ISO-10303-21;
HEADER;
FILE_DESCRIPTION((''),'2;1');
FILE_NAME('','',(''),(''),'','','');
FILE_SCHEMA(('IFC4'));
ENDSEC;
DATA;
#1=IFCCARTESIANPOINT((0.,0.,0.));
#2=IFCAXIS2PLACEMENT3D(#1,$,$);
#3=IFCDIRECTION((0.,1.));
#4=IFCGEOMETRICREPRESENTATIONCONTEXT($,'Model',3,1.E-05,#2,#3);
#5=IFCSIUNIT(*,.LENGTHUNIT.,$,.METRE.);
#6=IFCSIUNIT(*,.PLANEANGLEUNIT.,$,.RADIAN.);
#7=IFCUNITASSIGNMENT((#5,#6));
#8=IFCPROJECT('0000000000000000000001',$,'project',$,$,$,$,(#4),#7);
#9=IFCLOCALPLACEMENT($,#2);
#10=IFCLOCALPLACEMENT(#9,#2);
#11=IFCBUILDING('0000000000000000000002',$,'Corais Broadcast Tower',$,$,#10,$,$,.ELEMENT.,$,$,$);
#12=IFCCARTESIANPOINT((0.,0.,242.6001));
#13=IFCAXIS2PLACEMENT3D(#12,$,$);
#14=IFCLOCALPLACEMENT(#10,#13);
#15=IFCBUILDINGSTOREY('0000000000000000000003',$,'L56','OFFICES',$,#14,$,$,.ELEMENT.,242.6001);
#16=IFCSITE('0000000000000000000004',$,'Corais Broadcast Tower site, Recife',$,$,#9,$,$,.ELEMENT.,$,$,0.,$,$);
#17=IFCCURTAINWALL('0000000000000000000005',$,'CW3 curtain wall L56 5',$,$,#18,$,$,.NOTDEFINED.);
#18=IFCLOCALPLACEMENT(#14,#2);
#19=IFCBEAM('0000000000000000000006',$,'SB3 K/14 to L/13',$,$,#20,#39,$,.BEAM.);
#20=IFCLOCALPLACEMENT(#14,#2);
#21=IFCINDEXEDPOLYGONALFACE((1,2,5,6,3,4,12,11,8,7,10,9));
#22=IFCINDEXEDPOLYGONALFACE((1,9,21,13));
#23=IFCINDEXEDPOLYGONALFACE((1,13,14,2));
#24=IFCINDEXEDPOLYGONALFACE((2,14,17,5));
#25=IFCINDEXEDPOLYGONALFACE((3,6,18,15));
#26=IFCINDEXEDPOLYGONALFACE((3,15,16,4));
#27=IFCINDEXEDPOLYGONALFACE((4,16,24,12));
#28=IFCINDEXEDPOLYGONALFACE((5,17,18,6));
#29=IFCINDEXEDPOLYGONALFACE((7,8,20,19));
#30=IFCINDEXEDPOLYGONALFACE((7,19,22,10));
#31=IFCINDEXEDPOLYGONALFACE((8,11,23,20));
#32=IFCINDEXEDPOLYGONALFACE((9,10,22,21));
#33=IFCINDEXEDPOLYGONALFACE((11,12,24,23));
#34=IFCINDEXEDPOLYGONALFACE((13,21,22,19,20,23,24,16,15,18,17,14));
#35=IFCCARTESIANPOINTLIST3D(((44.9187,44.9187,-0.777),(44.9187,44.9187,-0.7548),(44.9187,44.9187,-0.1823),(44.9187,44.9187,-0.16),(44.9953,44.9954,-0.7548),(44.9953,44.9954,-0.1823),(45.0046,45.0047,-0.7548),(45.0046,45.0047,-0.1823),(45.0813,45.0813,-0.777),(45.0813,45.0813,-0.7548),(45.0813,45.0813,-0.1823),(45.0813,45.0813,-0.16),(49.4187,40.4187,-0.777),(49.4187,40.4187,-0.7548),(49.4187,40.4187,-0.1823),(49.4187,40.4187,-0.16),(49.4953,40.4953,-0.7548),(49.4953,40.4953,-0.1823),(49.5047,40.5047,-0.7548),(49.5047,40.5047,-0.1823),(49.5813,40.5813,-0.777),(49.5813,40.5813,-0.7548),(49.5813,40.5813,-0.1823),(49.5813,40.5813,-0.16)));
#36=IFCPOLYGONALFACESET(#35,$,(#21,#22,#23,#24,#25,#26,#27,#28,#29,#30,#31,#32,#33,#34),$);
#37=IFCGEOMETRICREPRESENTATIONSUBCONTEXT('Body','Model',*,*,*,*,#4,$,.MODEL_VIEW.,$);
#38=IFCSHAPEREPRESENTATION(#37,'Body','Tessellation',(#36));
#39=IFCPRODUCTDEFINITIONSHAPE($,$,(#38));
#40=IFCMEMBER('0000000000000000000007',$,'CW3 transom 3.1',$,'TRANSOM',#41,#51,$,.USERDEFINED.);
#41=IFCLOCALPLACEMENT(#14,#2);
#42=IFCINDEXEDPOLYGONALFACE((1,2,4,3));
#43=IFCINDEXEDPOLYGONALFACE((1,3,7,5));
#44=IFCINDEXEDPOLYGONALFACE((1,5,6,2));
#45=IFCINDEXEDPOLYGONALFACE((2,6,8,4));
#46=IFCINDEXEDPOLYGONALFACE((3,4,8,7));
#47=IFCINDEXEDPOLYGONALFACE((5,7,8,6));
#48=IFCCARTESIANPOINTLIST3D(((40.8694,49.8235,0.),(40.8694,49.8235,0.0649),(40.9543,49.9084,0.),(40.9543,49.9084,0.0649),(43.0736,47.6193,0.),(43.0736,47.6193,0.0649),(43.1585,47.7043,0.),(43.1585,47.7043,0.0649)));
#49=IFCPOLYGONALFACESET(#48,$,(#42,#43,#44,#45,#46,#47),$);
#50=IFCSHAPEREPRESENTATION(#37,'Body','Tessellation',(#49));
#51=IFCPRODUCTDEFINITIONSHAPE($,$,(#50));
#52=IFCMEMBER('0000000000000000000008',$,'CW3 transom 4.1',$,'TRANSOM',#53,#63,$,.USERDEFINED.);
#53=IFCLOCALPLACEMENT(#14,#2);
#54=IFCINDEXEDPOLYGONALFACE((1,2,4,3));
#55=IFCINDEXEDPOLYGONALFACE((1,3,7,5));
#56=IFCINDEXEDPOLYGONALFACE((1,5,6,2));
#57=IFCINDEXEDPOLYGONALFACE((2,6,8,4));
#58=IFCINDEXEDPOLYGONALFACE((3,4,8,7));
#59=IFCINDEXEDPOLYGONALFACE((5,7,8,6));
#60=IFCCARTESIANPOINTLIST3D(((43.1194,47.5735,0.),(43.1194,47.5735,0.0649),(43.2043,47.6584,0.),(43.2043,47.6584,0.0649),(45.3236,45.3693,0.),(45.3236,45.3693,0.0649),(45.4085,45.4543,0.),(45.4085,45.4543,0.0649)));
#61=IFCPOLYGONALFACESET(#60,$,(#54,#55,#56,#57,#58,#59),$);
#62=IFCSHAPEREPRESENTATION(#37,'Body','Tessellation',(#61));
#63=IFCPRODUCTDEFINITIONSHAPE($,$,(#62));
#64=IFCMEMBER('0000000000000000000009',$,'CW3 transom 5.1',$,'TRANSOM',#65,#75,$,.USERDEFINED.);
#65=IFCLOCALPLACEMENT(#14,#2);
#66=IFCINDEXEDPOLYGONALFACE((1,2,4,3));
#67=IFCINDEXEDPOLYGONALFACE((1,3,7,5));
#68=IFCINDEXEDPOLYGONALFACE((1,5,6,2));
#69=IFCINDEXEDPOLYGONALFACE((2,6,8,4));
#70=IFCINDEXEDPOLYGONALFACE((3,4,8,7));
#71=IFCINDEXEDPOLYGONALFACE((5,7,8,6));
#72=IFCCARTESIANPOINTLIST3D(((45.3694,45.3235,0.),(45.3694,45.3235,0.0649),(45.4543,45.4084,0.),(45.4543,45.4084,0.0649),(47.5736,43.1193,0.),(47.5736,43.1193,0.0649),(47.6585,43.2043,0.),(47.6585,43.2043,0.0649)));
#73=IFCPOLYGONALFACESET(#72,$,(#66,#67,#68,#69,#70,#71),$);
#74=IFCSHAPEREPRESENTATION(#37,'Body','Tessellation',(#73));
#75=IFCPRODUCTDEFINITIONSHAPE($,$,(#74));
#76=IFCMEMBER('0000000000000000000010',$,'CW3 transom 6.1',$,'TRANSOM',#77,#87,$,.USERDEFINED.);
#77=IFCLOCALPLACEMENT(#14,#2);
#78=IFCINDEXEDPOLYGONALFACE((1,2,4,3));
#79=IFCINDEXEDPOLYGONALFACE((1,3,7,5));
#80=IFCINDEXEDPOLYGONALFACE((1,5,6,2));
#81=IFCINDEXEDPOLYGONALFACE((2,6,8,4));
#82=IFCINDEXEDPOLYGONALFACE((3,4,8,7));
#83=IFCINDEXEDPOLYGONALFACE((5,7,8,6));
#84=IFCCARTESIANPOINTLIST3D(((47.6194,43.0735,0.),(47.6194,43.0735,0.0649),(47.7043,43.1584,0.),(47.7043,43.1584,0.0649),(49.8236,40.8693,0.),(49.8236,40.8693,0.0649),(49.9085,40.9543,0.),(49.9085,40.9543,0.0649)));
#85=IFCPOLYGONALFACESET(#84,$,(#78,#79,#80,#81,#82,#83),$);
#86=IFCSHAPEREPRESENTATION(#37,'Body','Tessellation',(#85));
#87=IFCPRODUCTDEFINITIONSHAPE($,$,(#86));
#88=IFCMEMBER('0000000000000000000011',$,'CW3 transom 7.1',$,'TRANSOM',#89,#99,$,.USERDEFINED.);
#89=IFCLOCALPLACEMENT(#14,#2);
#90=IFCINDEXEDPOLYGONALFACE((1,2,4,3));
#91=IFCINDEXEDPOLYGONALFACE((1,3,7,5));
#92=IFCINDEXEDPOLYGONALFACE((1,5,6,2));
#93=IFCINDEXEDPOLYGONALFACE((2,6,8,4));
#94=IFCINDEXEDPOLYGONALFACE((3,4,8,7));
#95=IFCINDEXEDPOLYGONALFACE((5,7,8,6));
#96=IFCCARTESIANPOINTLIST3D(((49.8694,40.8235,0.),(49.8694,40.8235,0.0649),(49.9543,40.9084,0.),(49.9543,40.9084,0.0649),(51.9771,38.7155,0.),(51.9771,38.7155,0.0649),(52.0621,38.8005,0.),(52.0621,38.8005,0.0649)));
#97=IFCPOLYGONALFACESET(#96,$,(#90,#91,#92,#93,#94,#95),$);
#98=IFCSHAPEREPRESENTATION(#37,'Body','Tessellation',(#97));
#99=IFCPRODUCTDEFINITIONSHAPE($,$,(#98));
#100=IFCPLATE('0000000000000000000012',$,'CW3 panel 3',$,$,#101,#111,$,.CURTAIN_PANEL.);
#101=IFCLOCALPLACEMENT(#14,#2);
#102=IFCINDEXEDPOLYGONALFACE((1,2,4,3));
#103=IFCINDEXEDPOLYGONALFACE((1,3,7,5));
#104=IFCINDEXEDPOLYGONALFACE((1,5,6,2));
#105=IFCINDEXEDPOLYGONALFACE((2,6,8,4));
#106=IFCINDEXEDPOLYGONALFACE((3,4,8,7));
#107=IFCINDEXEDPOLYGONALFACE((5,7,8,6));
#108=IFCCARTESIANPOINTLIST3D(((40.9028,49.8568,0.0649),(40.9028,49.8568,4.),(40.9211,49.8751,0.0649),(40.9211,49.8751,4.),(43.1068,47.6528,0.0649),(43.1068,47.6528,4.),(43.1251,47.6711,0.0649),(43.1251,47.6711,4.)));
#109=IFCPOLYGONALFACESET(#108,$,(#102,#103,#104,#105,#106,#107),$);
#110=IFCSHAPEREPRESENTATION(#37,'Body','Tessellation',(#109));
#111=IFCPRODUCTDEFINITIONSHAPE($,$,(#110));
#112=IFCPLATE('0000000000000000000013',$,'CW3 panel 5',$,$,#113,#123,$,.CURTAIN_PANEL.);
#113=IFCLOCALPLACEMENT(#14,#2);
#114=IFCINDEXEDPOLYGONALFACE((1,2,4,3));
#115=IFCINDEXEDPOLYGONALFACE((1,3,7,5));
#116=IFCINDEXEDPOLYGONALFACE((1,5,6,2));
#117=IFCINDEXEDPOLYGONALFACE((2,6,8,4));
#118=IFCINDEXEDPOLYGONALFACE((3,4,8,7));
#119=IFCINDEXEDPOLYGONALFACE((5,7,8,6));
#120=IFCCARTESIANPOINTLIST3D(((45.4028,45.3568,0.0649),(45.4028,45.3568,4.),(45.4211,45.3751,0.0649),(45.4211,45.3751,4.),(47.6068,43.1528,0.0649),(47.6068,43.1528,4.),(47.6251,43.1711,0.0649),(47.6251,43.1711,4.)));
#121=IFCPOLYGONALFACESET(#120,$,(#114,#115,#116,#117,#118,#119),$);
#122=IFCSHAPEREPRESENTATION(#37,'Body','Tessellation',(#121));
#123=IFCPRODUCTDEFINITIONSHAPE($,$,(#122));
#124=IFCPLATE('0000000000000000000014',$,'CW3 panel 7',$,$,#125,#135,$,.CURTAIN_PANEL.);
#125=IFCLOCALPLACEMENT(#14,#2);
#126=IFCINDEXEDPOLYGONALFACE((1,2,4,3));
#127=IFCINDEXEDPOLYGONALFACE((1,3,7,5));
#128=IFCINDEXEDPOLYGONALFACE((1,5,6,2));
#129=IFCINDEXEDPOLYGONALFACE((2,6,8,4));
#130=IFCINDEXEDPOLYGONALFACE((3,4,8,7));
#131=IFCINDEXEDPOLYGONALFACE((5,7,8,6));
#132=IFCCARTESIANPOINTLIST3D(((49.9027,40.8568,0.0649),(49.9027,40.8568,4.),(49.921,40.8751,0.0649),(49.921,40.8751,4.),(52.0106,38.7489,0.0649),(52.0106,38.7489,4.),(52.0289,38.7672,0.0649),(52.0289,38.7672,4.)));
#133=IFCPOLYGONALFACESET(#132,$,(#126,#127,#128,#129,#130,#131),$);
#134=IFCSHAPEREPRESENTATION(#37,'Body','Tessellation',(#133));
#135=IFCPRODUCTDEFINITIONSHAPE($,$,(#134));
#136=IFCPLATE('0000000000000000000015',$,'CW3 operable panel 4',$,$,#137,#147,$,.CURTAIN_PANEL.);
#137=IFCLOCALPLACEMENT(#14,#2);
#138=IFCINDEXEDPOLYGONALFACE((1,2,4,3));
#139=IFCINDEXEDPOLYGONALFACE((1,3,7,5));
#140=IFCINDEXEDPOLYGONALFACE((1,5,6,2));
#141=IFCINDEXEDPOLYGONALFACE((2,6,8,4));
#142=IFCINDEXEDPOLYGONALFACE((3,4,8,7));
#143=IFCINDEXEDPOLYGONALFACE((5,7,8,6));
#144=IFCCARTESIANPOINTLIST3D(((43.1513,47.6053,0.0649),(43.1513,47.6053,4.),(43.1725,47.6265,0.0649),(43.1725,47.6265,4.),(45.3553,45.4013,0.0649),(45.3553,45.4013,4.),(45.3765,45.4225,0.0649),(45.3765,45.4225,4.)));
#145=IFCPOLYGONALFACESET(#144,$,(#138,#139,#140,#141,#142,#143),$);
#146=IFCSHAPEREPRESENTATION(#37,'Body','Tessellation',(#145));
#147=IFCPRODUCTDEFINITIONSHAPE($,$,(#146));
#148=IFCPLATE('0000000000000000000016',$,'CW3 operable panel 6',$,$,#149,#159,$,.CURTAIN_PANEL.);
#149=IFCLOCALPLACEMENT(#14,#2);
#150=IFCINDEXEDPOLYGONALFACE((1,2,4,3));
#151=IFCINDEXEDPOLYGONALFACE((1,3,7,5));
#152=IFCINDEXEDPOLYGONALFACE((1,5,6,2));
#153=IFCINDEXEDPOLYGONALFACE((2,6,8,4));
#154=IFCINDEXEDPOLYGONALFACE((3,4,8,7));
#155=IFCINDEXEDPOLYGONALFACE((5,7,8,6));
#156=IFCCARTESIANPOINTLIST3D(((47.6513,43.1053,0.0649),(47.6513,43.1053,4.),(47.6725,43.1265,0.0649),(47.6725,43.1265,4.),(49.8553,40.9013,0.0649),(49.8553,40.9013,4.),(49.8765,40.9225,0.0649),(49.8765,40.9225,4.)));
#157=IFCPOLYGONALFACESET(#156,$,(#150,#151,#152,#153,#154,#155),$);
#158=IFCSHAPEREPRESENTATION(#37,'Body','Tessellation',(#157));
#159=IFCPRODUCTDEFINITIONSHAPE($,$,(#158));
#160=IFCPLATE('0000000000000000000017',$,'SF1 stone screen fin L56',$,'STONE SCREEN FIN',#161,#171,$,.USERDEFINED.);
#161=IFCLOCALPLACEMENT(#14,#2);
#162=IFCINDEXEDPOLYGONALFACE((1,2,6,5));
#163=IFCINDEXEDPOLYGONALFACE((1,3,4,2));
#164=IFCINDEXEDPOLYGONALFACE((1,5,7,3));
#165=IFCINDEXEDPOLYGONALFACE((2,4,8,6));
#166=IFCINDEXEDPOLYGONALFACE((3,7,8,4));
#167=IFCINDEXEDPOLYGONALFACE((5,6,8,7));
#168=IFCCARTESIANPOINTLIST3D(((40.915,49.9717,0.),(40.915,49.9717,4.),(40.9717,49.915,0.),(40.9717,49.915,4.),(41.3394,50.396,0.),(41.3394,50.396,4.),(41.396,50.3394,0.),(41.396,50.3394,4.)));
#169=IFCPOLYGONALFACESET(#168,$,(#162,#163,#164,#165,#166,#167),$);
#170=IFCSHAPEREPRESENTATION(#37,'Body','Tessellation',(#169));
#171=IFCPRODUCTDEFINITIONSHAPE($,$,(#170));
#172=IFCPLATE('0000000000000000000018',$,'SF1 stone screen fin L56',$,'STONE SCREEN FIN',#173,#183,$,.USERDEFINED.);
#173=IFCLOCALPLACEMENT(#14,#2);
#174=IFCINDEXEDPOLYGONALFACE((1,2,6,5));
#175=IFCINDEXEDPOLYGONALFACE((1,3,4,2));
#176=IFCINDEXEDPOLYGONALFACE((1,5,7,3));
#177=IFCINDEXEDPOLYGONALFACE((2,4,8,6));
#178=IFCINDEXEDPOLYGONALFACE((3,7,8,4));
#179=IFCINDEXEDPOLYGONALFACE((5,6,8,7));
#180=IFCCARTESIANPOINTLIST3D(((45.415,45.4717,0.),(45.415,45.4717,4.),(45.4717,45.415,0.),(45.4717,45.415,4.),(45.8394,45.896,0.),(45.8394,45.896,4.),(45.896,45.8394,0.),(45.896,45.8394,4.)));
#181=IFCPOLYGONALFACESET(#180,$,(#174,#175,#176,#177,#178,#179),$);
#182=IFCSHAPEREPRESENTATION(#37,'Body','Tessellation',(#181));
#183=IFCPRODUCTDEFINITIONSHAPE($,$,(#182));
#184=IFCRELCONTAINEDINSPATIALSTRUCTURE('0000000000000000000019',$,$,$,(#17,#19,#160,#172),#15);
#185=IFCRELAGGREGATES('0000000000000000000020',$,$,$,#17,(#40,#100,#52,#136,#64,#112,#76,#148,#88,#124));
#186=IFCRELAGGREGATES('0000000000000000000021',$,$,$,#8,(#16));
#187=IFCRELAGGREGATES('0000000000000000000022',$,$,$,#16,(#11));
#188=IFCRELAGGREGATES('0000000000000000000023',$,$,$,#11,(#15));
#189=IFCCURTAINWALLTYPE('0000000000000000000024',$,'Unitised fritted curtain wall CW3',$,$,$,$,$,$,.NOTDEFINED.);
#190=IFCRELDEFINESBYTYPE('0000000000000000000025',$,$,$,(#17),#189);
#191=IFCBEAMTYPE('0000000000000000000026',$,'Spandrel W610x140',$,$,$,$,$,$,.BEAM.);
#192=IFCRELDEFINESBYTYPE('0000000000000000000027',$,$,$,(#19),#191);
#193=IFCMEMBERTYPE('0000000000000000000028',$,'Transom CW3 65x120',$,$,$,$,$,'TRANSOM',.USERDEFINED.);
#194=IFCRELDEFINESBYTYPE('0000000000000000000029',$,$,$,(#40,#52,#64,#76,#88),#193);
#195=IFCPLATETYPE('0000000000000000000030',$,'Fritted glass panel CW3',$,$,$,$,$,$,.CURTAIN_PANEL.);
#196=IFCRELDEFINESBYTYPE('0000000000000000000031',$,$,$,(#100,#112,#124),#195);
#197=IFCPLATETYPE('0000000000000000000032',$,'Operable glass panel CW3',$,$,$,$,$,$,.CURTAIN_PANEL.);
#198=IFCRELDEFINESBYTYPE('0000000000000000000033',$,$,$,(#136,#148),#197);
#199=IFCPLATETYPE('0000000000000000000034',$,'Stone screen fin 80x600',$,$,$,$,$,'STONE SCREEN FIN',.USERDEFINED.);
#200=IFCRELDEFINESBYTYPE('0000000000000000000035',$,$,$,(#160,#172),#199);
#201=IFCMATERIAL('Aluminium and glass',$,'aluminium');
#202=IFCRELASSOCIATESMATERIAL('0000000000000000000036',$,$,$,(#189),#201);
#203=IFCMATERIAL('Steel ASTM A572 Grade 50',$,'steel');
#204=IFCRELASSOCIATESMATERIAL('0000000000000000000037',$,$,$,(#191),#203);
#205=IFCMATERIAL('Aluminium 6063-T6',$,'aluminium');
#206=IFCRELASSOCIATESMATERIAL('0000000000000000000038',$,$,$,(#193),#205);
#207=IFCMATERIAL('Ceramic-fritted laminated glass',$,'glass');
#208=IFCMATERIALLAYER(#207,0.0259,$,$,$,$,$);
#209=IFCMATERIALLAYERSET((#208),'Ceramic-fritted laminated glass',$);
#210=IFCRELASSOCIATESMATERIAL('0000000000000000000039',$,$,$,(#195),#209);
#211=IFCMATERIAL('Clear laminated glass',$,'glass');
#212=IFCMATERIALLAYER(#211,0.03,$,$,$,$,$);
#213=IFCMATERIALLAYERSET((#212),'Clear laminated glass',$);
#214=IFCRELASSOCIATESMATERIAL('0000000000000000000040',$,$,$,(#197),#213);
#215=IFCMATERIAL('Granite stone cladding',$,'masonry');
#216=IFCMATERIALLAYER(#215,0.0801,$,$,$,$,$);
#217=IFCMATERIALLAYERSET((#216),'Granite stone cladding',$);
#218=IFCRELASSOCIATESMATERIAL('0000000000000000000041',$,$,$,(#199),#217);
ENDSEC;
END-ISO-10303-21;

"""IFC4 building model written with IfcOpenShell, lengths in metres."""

from ifc_helpers import new_model, si_unit, direction, frame, origin, origin_2d, place, context, subcontext, project, spatial, rectangle, i_section, extrude, material, layer, layer_set, material_profile, profile_set, type_object, element, aggregate, save


model = new_model("IFC4")

# Units and contexts
model_context = context("Model", 3, precision=1e-05, world=origin(), true_north=direction((0.0, 1.0)))
body_context = subcontext(model_context, "Body", "Model", "MODEL_VIEW")
ifc_project = project(units=[si_unit("LENGTHUNIT", "METRE"), si_unit("PLANEANGLEUNIT", "RADIAN")], contexts=[model_context])

# Site, building, storey
site_placement = place(None, origin())
site = spatial("IfcSite", under=ifc_project, at=site_placement, Name="Corais Broadcast Tower site, Recife", CompositionType="ELEMENT", RefElevation=0.0)
building_placement = place(site_placement, origin())
building = spatial("IfcBuilding", under=site, at=building_placement, Name="Corais Broadcast Tower", CompositionType="ELEMENT")
storey_placement = place(building_placement, frame((0.0, 0.0, 242.6001)))
storey = spatial("IfcBuildingStorey", under=building, at=storey_placement, Name="L56", Description="OFFICES", CompositionType="ELEMENT", Elevation=242.6001)

# Curtain wall
ifc_material_1 = material(Name="Aluminium and glass", Category="aluminium")
curtain_wall_type = type_object("IfcCurtainWallType", Name="Unitised fritted curtain wall CW3", PredefinedType="NOTDEFINED", material=ifc_material_1)
curtain_wall_placement = place(storey_placement, origin())
curtain_wall = element("IfcCurtainWall", 1, at=curtain_wall_placement, inside=storey, type_object=curtain_wall_type, Name="CW3 curtain wall L56 5", PredefinedType="NOTDEFINED")

# Beam
ifc_material_2 = material(Name="Steel ASTM A572 Grade 50", Category="steel")
ifc_material_profile_1 = material_profile(ifc_material_2, i_section(OverallWidth=0.23, OverallDepth=0.6169, WebThickness=0.0132, FlangeThickness=0.0222, at=origin_2d()), Name="W610x140")
ifc_profile_set_1 = profile_set([ifc_material_profile_1], Name="Steel ASTM A572 Grade 50")
beam_type_1 = type_object("IfcBeamType", Name="Spandrel W610x140", PredefinedType="BEAM", material=ifc_profile_set_1)
for number, where, z_axis, x_axis, name in (
    (2, (49.5, 40.5, -0.4685), (-0.707107, 0.707107, 0.0), (-0.707107, -0.707107, 0.0), "SB3 K/14 to L/13"),
):
    element("IfcBeam", number, at=place(storey_placement, frame(where, z_axis=z_axis, x_axis=x_axis)), inside=storey, type_object=beam_type_1, Name=name, PredefinedType="BEAM", context=body_context, shape_type="SweptSolid", body=[
        extrude(i_section(OverallWidth=0.23, OverallDepth=0.6169, WebThickness=0.0132, FlangeThickness=0.0222, at=origin_2d()), origin(), (0.0, 0.0, 1.0), 6.364),
    ])

# Members
ifc_material_3 = material(Name="Aluminium 6063-T6", Category="aluminium")
ifc_material_profile_2 = material_profile(ifc_material_3, rectangle(XDim=0.1201, YDim=0.0649, at=origin_2d()), Name="Transom CW3 65x120")
ifc_profile_set_2 = profile_set([ifc_material_profile_2], Name="Aluminium 6063-T6")
member_type_1 = type_object("IfcMemberType", Name="Transom CW3 65x120", ElementType="TRANSOM", PredefinedType="USERDEFINED", material=ifc_profile_set_2)
member_1_placement = place(storey_placement, frame((40.9119, 49.866, 0.0325), z_axis=(0.707107, -0.707107, 0.0), x_axis=(0.707107, 0.707107, 0.0)))
member_1 = element("IfcMember", 3, at=member_1_placement, type_object=member_type_1, Name="CW3 transom 3.1", ObjectType="TRANSOM", PredefinedType="USERDEFINED", context=body_context, shape_type="SweptSolid", body=[
    extrude(rectangle(XDim=0.1201, YDim=0.0649, at=origin_2d()), origin(), (0.0, 0.0, 1.0), 3.1172),
])
member_2_placement = place(storey_placement, frame((43.1619, 47.616, 0.0325), z_axis=(0.707107, -0.707107, 0.0), x_axis=(0.707107, 0.707107, 0.0)))
member_2 = element("IfcMember", 4, at=member_2_placement, type_object=member_type_1, Name="CW3 transom 4.1", ObjectType="TRANSOM", PredefinedType="USERDEFINED", context=body_context, shape_type="SweptSolid", body=[
    extrude(rectangle(XDim=0.1201, YDim=0.0649, at=origin_2d()), origin(), (0.0, 0.0, 1.0), 3.1172),
])
member_3_placement = place(storey_placement, frame((45.4119, 45.366, 0.0325), z_axis=(0.707107, -0.707107, 0.0), x_axis=(0.707107, 0.707107, 0.0)))
member_3 = element("IfcMember", 5, at=member_3_placement, type_object=member_type_1, Name="CW3 transom 5.1", ObjectType="TRANSOM", PredefinedType="USERDEFINED", context=body_context, shape_type="SweptSolid", body=[
    extrude(rectangle(XDim=0.1201, YDim=0.0649, at=origin_2d()), origin(), (0.0, 0.0, 1.0), 3.1172),
])
member_4_placement = place(storey_placement, frame((47.6619, 43.116, 0.0325), z_axis=(0.707107, -0.707107, 0.0), x_axis=(0.707107, 0.707107, 0.0)))
member_4 = element("IfcMember", 6, at=member_4_placement, type_object=member_type_1, Name="CW3 transom 6.1", ObjectType="TRANSOM", PredefinedType="USERDEFINED", context=body_context, shape_type="SweptSolid", body=[
    extrude(rectangle(XDim=0.1201, YDim=0.0649, at=origin_2d()), origin(), (0.0, 0.0, 1.0), 3.1172),
])
member_5_placement = place(storey_placement, frame((49.9119, 40.866, 0.0325), z_axis=(0.707066, -0.707148, 0.0), x_axis=(0.707148, 0.707066, 0.0)))
member_5 = element("IfcMember", 7, at=member_5_placement, type_object=member_type_1, Name="CW3 transom 7.1", ObjectType="TRANSOM", PredefinedType="USERDEFINED", context=body_context, shape_type="SweptSolid", body=[
    extrude(rectangle(XDim=0.1201, YDim=0.0649, at=origin_2d()), origin(), (0.0, 0.0, 1.0), 2.981),
])

# Plates
ifc_material_4 = material(Name="Ceramic-fritted laminated glass", Category="glass")
ifc_layer_1 = layer(ifc_material_4, 0.0259)
ifc_layer_set_1 = layer_set([ifc_layer_1], Name="Ceramic-fritted laminated glass")
plate_type_1 = type_object("IfcPlateType", Name="Fritted glass panel CW3", PredefinedType="CURTAIN_PANEL", material=ifc_layer_set_1)
plate_1_placement = place(storey_placement, frame((42.0139, 48.7639, 0.0649), z_axis=(0.0, 0.0, 1.0), x_axis=(0.707107, -0.707107, 0.0)))
plate_1 = element("IfcPlate", 8, at=plate_1_placement, type_object=plate_type_1, Name="CW3 panel 3", PredefinedType="CURTAIN_PANEL", context=body_context, shape_type="SweptSolid", body=[
    extrude(rectangle(XDim=3.1169, YDim=0.0259, at=origin_2d()), origin(), (0.0, 0.0, 1.0), 3.9351),
])
plate_2_placement = place(storey_placement, frame((46.5139, 44.2639, 0.0649), z_axis=(0.0, 0.0, 1.0), x_axis=(0.707107, -0.707107, 0.0)))
plate_2 = element("IfcPlate", 9, at=plate_2_placement, type_object=plate_type_1, Name="CW3 panel 5", PredefinedType="CURTAIN_PANEL", context=body_context, shape_type="SweptSolid", body=[
    extrude(rectangle(XDim=3.1169, YDim=0.0259, at=origin_2d()), origin(), (0.0, 0.0, 1.0), 3.9351),
])
plate_3_placement = place(storey_placement, frame((50.9658, 39.812, 0.0649), z_axis=(0.0, 0.0, 1.0), x_axis=(0.707107, -0.707107, 0.0)))
plate_3 = element("IfcPlate", 10, at=plate_3_placement, type_object=plate_type_1, Name="CW3 panel 7", PredefinedType="CURTAIN_PANEL", context=body_context, shape_type="SweptSolid", body=[
    extrude(rectangle(XDim=2.981, YDim=0.0259, at=origin_2d()), origin(), (0.0, 0.0, 1.0), 3.9351),
])
ifc_material_5 = material(Name="Clear laminated glass", Category="glass")
ifc_layer_2 = layer(ifc_material_5, 0.03)
ifc_layer_set_2 = layer_set([ifc_layer_2], Name="Clear laminated glass")
plate_type_2 = type_object("IfcPlateType", Name="Operable glass panel CW3", PredefinedType="CURTAIN_PANEL", material=ifc_layer_set_2)
plate_4_placement = place(storey_placement, frame((44.2639, 46.5139, 0.0649), z_axis=(0.0, 0.0, 1.0), x_axis=(0.707107, -0.707107, 0.0)))
plate_4 = element("IfcPlate", 11, at=plate_4_placement, type_object=plate_type_2, Name="CW3 operable panel 4", PredefinedType="CURTAIN_PANEL", context=body_context, shape_type="SweptSolid", body=[
    extrude(rectangle(XDim=3.1169, YDim=0.03, at=origin_2d()), origin(), (0.0, 0.0, 1.0), 3.9351),
])
plate_5_placement = place(storey_placement, frame((48.7639, 42.0139, 0.0649), z_axis=(0.0, 0.0, 1.0), x_axis=(0.707107, -0.707107, 0.0)))
plate_5 = element("IfcPlate", 12, at=plate_5_placement, type_object=plate_type_2, Name="CW3 operable panel 6", PredefinedType="CURTAIN_PANEL", context=body_context, shape_type="SweptSolid", body=[
    extrude(rectangle(XDim=3.1169, YDim=0.03, at=origin_2d()), origin(), (0.0, 0.0, 1.0), 3.9351),
])
aggregate(curtain_wall, [member_1, plate_1, member_2, plate_4, member_3, plate_2, member_4, plate_5, member_5, plate_3])

# Plates
ifc_material_6 = material(Name="Granite stone cladding", Category="masonry")
ifc_layer_3 = layer(ifc_material_6, 0.0801)
ifc_layer_set_3 = layer_set([ifc_layer_3], Name="Granite stone cladding")
plate_type_3 = type_object("IfcPlateType", Name="Stone screen fin 80x600", ElementType="STONE SCREEN FIN", PredefinedType="USERDEFINED", material=ifc_layer_set_3)
for number, where, z_axis, x_axis, name in (
    (13, (41.1555, 50.1555, 0.0), (0.0, 0.0, 1.0), (0.707107, -0.707107, 0.0), "SF1 stone screen fin L56"),
    (14, (45.6555, 45.6555, 0.0), (0.0, 0.0, 1.0), (0.707107, -0.707107, 0.0), "SF1 stone screen fin L56"),
):
    element("IfcPlate", number, at=place(storey_placement, frame(where, z_axis=z_axis, x_axis=x_axis)), inside=storey, type_object=plate_type_3, Name=name, ObjectType="STONE SCREEN FIN", PredefinedType="USERDEFINED", context=body_context, shape_type="SweptSolid", body=[
        extrude(rectangle(XDim=0.0801, YDim=0.6001, at=origin_2d()), origin(), (0.0, 0.0, 1.0), 4.0),
    ])

save(model, "model.ifc")
